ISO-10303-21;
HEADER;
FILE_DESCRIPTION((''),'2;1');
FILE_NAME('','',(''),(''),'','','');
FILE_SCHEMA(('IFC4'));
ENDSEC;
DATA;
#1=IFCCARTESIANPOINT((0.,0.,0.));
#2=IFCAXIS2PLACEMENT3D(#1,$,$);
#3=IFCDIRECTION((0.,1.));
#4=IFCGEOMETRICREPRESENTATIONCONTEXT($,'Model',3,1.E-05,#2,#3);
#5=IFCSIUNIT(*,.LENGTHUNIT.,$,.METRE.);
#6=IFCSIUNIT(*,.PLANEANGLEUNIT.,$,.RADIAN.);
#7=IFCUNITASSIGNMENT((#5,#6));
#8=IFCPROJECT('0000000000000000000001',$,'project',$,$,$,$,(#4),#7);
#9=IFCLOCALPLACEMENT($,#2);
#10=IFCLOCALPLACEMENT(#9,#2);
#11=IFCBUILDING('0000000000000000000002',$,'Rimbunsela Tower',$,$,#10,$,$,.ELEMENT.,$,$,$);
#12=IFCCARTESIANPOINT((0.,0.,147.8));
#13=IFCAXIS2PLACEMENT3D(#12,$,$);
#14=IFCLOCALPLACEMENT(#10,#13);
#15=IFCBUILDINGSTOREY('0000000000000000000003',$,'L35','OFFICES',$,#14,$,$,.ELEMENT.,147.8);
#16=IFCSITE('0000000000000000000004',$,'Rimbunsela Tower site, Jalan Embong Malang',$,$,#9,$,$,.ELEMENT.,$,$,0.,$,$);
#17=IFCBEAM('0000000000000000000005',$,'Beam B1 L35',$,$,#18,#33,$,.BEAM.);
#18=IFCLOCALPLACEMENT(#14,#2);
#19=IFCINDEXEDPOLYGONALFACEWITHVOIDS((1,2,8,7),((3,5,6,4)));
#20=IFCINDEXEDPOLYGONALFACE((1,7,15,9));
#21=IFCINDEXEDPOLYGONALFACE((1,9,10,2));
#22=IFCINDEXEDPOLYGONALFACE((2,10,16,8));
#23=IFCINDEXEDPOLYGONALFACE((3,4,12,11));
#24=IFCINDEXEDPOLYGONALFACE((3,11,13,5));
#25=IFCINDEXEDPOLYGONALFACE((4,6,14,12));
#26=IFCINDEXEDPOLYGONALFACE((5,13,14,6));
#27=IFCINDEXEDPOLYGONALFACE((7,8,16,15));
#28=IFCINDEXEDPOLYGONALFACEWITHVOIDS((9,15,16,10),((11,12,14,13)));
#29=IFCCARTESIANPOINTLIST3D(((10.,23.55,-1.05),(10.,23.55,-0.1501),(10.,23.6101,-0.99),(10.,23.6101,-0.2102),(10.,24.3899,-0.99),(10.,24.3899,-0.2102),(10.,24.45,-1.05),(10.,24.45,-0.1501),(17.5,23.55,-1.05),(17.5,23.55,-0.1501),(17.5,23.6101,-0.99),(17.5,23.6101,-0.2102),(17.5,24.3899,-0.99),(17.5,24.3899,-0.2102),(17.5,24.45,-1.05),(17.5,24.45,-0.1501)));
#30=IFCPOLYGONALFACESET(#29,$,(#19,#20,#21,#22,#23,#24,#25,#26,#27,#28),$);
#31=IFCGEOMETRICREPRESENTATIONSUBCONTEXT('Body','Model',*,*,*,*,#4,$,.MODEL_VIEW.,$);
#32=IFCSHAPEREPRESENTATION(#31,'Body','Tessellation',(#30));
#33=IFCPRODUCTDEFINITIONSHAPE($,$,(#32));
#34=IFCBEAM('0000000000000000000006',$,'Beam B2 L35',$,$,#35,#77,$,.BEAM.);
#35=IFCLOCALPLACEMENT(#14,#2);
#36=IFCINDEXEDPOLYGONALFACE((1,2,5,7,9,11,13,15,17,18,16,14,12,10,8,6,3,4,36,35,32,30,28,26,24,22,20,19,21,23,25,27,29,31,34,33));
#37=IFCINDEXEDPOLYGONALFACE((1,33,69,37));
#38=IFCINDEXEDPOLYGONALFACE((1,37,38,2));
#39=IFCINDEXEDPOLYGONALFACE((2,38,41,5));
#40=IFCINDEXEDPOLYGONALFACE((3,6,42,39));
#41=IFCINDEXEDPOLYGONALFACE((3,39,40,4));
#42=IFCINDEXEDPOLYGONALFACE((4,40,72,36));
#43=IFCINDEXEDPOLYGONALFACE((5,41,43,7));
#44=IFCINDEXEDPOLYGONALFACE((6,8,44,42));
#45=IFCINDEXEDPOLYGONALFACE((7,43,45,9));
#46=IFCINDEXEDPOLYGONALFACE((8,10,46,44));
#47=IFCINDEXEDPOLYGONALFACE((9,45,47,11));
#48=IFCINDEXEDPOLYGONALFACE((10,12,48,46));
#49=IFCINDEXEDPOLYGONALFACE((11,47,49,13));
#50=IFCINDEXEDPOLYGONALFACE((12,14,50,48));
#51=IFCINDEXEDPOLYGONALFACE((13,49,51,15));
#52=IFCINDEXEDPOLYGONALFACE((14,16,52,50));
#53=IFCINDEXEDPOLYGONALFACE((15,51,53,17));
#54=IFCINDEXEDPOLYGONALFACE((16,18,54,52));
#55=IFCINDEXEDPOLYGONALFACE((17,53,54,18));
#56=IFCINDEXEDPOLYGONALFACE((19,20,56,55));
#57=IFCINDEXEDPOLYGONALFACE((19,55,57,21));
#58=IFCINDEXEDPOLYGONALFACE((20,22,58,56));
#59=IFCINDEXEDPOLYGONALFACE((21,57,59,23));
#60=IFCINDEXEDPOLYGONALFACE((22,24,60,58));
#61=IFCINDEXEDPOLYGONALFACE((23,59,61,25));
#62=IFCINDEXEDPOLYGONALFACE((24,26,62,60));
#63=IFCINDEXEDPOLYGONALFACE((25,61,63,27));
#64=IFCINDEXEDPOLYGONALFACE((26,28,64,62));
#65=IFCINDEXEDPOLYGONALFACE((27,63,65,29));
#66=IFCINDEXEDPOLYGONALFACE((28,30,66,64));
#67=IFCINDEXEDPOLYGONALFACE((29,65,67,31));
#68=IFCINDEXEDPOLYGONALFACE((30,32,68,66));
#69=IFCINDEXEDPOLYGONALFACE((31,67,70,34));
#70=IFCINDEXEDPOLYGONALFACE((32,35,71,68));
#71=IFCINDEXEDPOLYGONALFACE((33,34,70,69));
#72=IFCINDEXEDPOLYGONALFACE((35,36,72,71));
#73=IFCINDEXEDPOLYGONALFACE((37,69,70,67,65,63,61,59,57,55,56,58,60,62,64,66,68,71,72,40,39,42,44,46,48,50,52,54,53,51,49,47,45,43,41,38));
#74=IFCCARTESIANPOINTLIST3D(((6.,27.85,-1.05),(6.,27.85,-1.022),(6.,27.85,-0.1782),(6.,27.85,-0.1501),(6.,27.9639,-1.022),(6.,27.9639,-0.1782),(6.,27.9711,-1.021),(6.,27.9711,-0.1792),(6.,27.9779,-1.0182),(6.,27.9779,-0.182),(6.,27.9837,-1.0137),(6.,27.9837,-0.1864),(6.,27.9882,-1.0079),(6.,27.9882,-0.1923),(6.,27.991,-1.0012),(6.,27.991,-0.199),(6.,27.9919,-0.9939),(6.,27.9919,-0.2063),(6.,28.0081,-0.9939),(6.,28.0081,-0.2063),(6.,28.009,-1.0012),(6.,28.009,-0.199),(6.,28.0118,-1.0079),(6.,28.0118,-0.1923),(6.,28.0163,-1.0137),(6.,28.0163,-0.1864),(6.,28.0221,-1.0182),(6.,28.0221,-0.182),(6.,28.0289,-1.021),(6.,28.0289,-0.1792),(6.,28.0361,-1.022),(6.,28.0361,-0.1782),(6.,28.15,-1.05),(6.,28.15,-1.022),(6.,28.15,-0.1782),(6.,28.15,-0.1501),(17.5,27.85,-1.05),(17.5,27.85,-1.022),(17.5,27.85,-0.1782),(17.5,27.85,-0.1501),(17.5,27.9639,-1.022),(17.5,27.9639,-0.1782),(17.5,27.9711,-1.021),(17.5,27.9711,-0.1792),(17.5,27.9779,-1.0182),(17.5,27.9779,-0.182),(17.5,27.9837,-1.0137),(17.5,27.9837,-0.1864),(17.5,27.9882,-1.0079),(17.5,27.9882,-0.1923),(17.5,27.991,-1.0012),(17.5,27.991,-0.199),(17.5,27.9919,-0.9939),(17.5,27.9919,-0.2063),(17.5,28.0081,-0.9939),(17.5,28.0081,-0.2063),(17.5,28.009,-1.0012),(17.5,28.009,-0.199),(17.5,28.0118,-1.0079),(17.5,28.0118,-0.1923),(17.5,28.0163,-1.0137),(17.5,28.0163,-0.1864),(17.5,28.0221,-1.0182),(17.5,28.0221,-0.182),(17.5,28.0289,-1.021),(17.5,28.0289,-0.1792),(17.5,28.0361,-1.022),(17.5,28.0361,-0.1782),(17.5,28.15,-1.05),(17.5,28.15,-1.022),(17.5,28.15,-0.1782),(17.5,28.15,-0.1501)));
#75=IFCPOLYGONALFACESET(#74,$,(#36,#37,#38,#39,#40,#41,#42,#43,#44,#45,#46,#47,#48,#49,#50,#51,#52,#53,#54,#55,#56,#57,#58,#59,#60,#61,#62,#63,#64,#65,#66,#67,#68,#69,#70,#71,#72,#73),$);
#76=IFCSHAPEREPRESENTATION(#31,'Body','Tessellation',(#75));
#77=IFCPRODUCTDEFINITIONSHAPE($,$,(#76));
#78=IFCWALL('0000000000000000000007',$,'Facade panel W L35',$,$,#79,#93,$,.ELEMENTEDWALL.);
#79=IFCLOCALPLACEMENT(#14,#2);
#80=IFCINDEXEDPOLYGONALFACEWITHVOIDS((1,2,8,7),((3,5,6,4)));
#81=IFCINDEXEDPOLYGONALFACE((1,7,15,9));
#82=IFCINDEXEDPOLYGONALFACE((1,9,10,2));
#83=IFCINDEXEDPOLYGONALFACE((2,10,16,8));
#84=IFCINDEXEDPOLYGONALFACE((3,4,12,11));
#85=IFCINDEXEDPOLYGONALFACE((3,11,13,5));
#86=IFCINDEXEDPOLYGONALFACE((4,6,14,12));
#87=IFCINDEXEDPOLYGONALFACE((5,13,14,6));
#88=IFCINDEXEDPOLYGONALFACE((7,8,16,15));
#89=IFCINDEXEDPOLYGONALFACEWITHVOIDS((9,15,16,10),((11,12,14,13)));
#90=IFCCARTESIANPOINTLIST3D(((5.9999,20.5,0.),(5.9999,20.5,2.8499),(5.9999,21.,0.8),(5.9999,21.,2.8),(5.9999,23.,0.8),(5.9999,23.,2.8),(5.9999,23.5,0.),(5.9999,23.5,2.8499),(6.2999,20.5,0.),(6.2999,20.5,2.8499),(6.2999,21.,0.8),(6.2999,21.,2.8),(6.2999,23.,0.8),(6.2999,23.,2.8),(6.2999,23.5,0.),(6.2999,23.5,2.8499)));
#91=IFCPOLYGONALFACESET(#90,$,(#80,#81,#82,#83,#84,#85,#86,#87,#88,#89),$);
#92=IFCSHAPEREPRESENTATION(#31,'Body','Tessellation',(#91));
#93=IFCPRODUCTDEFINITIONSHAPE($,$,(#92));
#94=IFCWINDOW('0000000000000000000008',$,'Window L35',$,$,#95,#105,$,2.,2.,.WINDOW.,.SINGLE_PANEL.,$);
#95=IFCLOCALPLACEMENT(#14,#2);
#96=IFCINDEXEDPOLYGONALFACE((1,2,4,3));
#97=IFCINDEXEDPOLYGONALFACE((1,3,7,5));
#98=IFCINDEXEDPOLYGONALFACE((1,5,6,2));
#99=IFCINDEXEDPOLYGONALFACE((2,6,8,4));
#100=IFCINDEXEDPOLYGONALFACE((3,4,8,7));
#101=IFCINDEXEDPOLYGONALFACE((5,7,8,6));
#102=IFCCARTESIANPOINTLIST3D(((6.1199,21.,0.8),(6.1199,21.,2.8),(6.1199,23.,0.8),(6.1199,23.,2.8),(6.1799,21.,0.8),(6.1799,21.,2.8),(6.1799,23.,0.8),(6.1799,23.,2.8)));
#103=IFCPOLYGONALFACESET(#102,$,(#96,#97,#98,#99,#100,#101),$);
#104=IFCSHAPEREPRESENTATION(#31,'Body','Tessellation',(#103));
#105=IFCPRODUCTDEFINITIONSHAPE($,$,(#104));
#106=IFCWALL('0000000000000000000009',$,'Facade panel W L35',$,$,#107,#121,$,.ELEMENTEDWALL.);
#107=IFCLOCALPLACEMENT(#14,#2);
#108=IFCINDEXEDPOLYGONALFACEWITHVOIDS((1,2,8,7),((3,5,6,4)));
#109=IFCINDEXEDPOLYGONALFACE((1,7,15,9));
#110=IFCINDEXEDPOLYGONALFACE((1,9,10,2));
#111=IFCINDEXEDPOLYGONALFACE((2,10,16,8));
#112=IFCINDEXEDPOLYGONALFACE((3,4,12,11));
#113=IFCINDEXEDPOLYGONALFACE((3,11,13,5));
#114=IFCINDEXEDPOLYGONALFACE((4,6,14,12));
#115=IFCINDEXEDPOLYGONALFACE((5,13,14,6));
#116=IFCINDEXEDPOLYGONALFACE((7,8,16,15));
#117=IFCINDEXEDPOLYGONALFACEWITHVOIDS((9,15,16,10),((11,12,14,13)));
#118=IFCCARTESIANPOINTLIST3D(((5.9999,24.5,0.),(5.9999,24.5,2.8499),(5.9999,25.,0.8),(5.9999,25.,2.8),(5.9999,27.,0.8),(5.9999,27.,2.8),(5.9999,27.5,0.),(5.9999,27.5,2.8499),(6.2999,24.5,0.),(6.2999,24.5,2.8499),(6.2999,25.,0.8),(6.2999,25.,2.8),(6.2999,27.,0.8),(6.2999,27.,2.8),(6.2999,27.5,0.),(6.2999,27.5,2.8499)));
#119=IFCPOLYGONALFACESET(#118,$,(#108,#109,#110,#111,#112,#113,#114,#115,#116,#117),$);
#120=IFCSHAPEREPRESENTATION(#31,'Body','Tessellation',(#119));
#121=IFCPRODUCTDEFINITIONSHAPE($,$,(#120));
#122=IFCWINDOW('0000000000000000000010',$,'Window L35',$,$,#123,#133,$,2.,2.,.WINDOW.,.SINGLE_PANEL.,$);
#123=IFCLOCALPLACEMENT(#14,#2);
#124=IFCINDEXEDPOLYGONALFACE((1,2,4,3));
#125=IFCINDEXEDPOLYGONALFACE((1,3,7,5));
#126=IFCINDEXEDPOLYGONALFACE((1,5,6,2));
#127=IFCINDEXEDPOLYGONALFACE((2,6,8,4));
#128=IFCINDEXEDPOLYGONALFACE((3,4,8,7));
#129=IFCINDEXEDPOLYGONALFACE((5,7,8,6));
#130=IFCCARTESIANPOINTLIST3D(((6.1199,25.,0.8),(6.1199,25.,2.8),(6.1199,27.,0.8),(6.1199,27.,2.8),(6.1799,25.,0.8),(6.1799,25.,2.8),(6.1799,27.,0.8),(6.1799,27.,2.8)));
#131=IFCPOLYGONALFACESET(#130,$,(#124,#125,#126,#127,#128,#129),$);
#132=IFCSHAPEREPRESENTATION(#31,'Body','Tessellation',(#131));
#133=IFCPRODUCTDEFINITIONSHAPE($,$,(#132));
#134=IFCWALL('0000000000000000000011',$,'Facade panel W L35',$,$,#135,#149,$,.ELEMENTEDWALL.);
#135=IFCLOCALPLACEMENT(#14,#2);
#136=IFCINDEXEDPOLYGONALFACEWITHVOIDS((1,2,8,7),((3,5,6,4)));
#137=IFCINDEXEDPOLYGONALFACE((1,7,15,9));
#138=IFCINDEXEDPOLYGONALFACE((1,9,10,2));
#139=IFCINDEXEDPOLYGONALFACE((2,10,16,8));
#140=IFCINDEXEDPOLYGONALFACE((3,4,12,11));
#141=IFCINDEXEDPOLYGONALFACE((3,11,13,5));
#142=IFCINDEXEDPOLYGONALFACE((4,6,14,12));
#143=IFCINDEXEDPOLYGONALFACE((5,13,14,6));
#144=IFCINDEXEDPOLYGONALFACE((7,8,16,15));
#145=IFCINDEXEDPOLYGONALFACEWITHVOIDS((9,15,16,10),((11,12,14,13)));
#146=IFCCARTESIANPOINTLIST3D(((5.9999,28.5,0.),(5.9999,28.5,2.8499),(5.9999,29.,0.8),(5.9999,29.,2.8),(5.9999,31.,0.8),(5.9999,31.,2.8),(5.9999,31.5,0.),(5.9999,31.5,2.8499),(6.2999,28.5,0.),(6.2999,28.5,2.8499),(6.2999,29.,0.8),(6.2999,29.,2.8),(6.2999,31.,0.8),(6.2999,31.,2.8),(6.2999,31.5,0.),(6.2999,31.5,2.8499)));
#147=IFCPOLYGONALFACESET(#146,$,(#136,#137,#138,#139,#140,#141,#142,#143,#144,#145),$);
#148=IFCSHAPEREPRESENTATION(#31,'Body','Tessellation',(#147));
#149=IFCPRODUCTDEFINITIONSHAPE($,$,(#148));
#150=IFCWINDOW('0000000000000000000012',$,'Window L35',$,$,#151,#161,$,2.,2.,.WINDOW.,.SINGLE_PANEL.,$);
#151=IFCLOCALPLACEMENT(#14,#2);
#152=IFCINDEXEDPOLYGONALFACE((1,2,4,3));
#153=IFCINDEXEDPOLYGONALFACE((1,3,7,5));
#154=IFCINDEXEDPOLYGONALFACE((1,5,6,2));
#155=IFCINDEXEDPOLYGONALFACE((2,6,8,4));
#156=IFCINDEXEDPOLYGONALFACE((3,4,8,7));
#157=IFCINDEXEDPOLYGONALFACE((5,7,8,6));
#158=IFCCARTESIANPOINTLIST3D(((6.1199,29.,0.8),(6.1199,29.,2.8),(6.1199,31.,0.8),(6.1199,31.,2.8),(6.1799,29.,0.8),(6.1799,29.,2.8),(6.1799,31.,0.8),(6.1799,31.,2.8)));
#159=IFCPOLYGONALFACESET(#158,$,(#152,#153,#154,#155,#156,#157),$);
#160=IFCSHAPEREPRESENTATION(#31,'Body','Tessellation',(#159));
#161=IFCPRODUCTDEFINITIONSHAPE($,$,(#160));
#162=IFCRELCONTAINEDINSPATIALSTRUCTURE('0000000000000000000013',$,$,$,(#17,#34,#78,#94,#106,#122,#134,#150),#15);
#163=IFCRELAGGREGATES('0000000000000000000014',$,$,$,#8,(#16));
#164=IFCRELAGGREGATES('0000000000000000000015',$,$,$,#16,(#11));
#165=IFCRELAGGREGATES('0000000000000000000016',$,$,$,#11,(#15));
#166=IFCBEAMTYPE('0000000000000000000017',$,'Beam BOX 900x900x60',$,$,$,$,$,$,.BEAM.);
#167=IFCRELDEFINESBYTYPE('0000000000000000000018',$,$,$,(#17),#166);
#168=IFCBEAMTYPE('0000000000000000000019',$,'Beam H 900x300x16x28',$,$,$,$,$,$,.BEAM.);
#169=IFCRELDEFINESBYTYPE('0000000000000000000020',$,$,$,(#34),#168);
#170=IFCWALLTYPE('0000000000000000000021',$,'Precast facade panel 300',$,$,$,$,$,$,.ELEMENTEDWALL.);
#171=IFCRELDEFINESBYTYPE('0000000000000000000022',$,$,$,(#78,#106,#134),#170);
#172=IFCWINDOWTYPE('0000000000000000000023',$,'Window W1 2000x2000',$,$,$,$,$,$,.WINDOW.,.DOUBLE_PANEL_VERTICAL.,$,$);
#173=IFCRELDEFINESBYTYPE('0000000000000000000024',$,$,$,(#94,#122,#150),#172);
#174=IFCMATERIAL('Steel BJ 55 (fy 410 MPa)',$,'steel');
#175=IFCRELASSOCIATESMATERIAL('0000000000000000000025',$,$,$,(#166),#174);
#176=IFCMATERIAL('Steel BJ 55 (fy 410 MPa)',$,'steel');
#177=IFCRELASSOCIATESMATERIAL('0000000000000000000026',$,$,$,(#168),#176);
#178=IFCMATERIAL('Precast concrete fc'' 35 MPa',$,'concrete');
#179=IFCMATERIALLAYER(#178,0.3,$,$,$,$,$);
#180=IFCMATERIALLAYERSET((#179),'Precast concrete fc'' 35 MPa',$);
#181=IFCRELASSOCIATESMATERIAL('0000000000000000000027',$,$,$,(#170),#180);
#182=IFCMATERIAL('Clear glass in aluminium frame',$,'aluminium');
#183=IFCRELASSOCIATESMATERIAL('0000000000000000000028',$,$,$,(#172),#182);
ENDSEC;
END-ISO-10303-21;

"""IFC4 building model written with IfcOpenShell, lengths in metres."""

from ifc_helpers import new_model, si_unit, direction, frame, frame_2d, origin, origin_2d, place, context, subcontext, project, spatial, rectangle, hollow_rectangle, i_section, extrude, material, layer, layer_set, material_profile, profile_set, type_object, element, fill, save


model = new_model("IFC4")

# Units and contexts
model_context = context("Model", 3, precision=1e-05, world=origin(), true_north=direction((0.0, 1.0)))
body_context = subcontext(model_context, "Body", "Model", "MODEL_VIEW")
ifc_project = project(units=[si_unit("LENGTHUNIT", "METRE"), si_unit("PLANEANGLEUNIT", "RADIAN")], contexts=[model_context])

# Site, building, storey
site_placement = place(None, origin())
site = spatial("IfcSite", under=ifc_project, at=site_placement, Name="Rimbunsela Tower site, Jalan Embong Malang", CompositionType="ELEMENT", RefElevation=0.0)
building_placement = place(site_placement, origin())
building = spatial("IfcBuilding", under=site, at=building_placement, Name="Rimbunsela Tower", CompositionType="ELEMENT")
storey_placement = place(building_placement, frame((0.0, 0.0, 147.8)))
storey = spatial("IfcBuildingStorey", under=building, at=storey_placement, Name="L35", Description="OFFICES", CompositionType="ELEMENT", Elevation=147.8)

# Beams
ifc_material_1 = material(Name="Steel BJ 55 (fy 410 MPa)", Category="steel")
ifc_material_profile_1 = material_profile(ifc_material_1, hollow_rectangle(XDim=0.8999, YDim=0.8999, WallThickness=0.0601, at=origin_2d()), Name="BOX 900x900x60")
ifc_profile_set_1 = profile_set([ifc_material_profile_1], Name="Steel BJ 55 (fy 410 MPa)")
beam_type_1 = type_object("IfcBeamType", Name="Beam BOX 900x900x60", PredefinedType="BEAM", material=ifc_profile_set_1)
beam_1_placement = place(storey_placement, frame((10.0, 24.0, -0.6001), z_axis=(1.0, 0.0, 0.0), x_axis=(0.0, 1.0, 0.0)))
element("IfcBeam", 1, at=beam_1_placement, inside=storey, type_object=beam_type_1, Name="Beam B1 L35", PredefinedType="BEAM", context=body_context, shape_type="SweptSolid", body=[
    extrude(hollow_rectangle(XDim=0.8999, YDim=0.8999, WallThickness=0.0601, at=origin_2d()), origin(), (0.0, 0.0, 1.0), 7.5),
])
ifc_material_2 = material(Name="Steel BJ 55 (fy 410 MPa)", Category="steel")
ifc_material_profile_2 = material_profile(ifc_material_2, i_section(OverallWidth=0.3, OverallDepth=0.8999, WebThickness=0.0161, FlangeThickness=0.0281, FilletRadius=0.0281, at=origin_2d()), Name="H 900x300x16x28")
ifc_profile_set_2 = profile_set([ifc_material_profile_2], Name="Steel BJ 55 (fy 410 MPa)")
beam_type_2 = type_object("IfcBeamType", Name="Beam H 900x300x16x28", PredefinedType="BEAM", material=ifc_profile_set_2)
beam_2_placement = place(storey_placement, frame((6.0, 28.0, -0.6001), z_axis=(1.0, 0.0, 0.0), x_axis=(0.0, 1.0, 0.0)))
element("IfcBeam", 2, at=beam_2_placement, inside=storey, type_object=beam_type_2, Name="Beam B2 L35", PredefinedType="BEAM", context=body_context, shape_type="SweptSolid", body=[
    extrude(i_section(OverallWidth=0.3, OverallDepth=0.8999, WebThickness=0.0161, FlangeThickness=0.0281, FilletRadius=0.0281, at=origin_2d()), origin(), (0.0, 0.0, 1.0), 11.5),
])

# Walls, openings, windows
ifc_material_3 = material(Name="Precast concrete fc' 35 MPa", Category="concrete")
ifc_layer_1 = layer(ifc_material_3, 0.3)
ifc_layer_set_1 = layer_set([ifc_layer_1], Name="Precast concrete fc' 35 MPa")
wall_type = type_object("IfcWallType", Name="Precast facade panel 300", PredefinedType="ELEMENTEDWALL", material=ifc_layer_set_1)
wall_1_placement = place(storey_placement, frame((6.1499, 23.5, 0.0), z_axis=(0.0, 0.0, 1.0), x_axis=(0.0, -1.0, 0.0)))
wall_1 = element("IfcWall", 3, at=wall_1_placement, inside=storey, type_object=wall_type, Name="Facade panel W L35", PredefinedType="ELEMENTEDWALL", context=body_context, shape_type="SweptSolid", body=[
    extrude(rectangle(XDim=3.0, YDim=0.3, at=frame_2d((1.5, 0.0))), origin(), (0.0, 0.0, 1.0), 2.8499),
])
opening_1_placement = place(wall_1_placement, frame((0.5, 0.0, 0.8)))
opening_1 = element("IfcOpeningElement", 4, at=opening_1_placement, cuts=wall_1, PredefinedType="OPENING", context=body_context, shape_type="SweptSolid", body=[
    extrude(rectangle(XDim=2.0, YDim=2.0, at=frame_2d((1.0, 1.0))), frame((0.0, 0.1599, 0.0), z_axis=(0.0, -1.0, 0.0), x_axis=(1.0, 0.0, 0.0)), (0.0, 0.0, 1.0), 0.3201),
])
ifc_material_4 = material(Name="Clear glass in aluminium frame", Category="aluminium")
window_type = type_object("IfcWindowType", Name="Window W1 2000x2000", PartitioningType="DOUBLE_PANEL_VERTICAL", PredefinedType="WINDOW", material=ifc_material_4)
window_1_placement = place(opening_1_placement, origin())
window_1 = element("IfcWindow", 5, at=window_1_placement, inside=storey, type_object=window_type, Name="Window L35", OverallHeight=2.0, OverallWidth=2.0, PartitioningType="SINGLE_PANEL", PredefinedType="WINDOW", context=body_context, shape_type="SweptSolid", body=[
    extrude(rectangle(XDim=2.0, YDim=2.0, at=frame_2d((1.0, 1.0))), frame((0.0, 0.03, 0.0), z_axis=(0.0, -1.0, 0.0), x_axis=(1.0, 0.0, 0.0)), (0.0, 0.0, 1.0), 0.0601),
])
fill(opening_1, window_1)
wall_2_placement = place(storey_placement, frame((6.1499, 27.5, 0.0), z_axis=(0.0, 0.0, 1.0), x_axis=(0.0, -1.0, 0.0)))
wall_2 = element("IfcWall", 6, at=wall_2_placement, inside=storey, type_object=wall_type, Name="Facade panel W L35", PredefinedType="ELEMENTEDWALL", context=body_context, shape_type="SweptSolid", body=[
    extrude(rectangle(XDim=3.0, YDim=0.3, at=frame_2d((1.5, 0.0))), origin(), (0.0, 0.0, 1.0), 2.8499),
])
opening_2_placement = place(wall_2_placement, frame((0.5, 0.0, 0.8)))
opening_2 = element("IfcOpeningElement", 7, at=opening_2_placement, cuts=wall_2, PredefinedType="OPENING", context=body_context, shape_type="SweptSolid", body=[
    extrude(rectangle(XDim=2.0, YDim=2.0, at=frame_2d((1.0, 1.0))), frame((0.0, 0.1599, 0.0), z_axis=(0.0, -1.0, 0.0), x_axis=(1.0, 0.0, 0.0)), (0.0, 0.0, 1.0), 0.3201),
])
window_2_placement = place(opening_2_placement, origin())
window_2 = element("IfcWindow", 8, at=window_2_placement, inside=storey, type_object=window_type, Name="Window L35", OverallHeight=2.0, OverallWidth=2.0, PartitioningType="SINGLE_PANEL", PredefinedType="WINDOW", context=body_context, shape_type="SweptSolid", body=[
    extrude(rectangle(XDim=2.0, YDim=2.0, at=frame_2d((1.0, 1.0))), frame((0.0, 0.03, 0.0), z_axis=(0.0, -1.0, 0.0), x_axis=(1.0, 0.0, 0.0)), (0.0, 0.0, 1.0), 0.0601),
])
fill(opening_2, window_2)
wall_3_placement = place(storey_placement, frame((6.1499, 31.5, 0.0), z_axis=(0.0, 0.0, 1.0), x_axis=(0.0, -1.0, 0.0)))
wall_3 = element("IfcWall", 9, at=wall_3_placement, inside=storey, type_object=wall_type, Name="Facade panel W L35", PredefinedType="ELEMENTEDWALL", context=body_context, shape_type="SweptSolid", body=[
    extrude(rectangle(XDim=3.0, YDim=0.3, at=frame_2d((1.5, 0.0))), origin(), (0.0, 0.0, 1.0), 2.8499),
])
opening_3_placement = place(wall_3_placement, frame((0.5, 0.0, 0.8)))
opening_3 = element("IfcOpeningElement", 10, at=opening_3_placement, cuts=wall_3, PredefinedType="OPENING", context=body_context, shape_type="SweptSolid", body=[
    extrude(rectangle(XDim=2.0, YDim=2.0, at=frame_2d((1.0, 1.0))), frame((0.0, 0.1599, 0.0), z_axis=(0.0, -1.0, 0.0), x_axis=(1.0, 0.0, 0.0)), (0.0, 0.0, 1.0), 0.3201),
])
window_3_placement = place(opening_3_placement, origin())
window_3 = element("IfcWindow", 11, at=window_3_placement, inside=storey, type_object=window_type, Name="Window L35", OverallHeight=2.0, OverallWidth=2.0, PartitioningType="SINGLE_PANEL", PredefinedType="WINDOW", context=body_context, shape_type="SweptSolid", body=[
    extrude(rectangle(XDim=2.0, YDim=2.0, at=frame_2d((1.0, 1.0))), frame((0.0, 0.03, 0.0), z_axis=(0.0, -1.0, 0.0), x_axis=(1.0, 0.0, 0.0)), (0.0, 0.0, 1.0), 0.0601),
])
fill(opening_3, window_3)

save(model, "model.ifc")
